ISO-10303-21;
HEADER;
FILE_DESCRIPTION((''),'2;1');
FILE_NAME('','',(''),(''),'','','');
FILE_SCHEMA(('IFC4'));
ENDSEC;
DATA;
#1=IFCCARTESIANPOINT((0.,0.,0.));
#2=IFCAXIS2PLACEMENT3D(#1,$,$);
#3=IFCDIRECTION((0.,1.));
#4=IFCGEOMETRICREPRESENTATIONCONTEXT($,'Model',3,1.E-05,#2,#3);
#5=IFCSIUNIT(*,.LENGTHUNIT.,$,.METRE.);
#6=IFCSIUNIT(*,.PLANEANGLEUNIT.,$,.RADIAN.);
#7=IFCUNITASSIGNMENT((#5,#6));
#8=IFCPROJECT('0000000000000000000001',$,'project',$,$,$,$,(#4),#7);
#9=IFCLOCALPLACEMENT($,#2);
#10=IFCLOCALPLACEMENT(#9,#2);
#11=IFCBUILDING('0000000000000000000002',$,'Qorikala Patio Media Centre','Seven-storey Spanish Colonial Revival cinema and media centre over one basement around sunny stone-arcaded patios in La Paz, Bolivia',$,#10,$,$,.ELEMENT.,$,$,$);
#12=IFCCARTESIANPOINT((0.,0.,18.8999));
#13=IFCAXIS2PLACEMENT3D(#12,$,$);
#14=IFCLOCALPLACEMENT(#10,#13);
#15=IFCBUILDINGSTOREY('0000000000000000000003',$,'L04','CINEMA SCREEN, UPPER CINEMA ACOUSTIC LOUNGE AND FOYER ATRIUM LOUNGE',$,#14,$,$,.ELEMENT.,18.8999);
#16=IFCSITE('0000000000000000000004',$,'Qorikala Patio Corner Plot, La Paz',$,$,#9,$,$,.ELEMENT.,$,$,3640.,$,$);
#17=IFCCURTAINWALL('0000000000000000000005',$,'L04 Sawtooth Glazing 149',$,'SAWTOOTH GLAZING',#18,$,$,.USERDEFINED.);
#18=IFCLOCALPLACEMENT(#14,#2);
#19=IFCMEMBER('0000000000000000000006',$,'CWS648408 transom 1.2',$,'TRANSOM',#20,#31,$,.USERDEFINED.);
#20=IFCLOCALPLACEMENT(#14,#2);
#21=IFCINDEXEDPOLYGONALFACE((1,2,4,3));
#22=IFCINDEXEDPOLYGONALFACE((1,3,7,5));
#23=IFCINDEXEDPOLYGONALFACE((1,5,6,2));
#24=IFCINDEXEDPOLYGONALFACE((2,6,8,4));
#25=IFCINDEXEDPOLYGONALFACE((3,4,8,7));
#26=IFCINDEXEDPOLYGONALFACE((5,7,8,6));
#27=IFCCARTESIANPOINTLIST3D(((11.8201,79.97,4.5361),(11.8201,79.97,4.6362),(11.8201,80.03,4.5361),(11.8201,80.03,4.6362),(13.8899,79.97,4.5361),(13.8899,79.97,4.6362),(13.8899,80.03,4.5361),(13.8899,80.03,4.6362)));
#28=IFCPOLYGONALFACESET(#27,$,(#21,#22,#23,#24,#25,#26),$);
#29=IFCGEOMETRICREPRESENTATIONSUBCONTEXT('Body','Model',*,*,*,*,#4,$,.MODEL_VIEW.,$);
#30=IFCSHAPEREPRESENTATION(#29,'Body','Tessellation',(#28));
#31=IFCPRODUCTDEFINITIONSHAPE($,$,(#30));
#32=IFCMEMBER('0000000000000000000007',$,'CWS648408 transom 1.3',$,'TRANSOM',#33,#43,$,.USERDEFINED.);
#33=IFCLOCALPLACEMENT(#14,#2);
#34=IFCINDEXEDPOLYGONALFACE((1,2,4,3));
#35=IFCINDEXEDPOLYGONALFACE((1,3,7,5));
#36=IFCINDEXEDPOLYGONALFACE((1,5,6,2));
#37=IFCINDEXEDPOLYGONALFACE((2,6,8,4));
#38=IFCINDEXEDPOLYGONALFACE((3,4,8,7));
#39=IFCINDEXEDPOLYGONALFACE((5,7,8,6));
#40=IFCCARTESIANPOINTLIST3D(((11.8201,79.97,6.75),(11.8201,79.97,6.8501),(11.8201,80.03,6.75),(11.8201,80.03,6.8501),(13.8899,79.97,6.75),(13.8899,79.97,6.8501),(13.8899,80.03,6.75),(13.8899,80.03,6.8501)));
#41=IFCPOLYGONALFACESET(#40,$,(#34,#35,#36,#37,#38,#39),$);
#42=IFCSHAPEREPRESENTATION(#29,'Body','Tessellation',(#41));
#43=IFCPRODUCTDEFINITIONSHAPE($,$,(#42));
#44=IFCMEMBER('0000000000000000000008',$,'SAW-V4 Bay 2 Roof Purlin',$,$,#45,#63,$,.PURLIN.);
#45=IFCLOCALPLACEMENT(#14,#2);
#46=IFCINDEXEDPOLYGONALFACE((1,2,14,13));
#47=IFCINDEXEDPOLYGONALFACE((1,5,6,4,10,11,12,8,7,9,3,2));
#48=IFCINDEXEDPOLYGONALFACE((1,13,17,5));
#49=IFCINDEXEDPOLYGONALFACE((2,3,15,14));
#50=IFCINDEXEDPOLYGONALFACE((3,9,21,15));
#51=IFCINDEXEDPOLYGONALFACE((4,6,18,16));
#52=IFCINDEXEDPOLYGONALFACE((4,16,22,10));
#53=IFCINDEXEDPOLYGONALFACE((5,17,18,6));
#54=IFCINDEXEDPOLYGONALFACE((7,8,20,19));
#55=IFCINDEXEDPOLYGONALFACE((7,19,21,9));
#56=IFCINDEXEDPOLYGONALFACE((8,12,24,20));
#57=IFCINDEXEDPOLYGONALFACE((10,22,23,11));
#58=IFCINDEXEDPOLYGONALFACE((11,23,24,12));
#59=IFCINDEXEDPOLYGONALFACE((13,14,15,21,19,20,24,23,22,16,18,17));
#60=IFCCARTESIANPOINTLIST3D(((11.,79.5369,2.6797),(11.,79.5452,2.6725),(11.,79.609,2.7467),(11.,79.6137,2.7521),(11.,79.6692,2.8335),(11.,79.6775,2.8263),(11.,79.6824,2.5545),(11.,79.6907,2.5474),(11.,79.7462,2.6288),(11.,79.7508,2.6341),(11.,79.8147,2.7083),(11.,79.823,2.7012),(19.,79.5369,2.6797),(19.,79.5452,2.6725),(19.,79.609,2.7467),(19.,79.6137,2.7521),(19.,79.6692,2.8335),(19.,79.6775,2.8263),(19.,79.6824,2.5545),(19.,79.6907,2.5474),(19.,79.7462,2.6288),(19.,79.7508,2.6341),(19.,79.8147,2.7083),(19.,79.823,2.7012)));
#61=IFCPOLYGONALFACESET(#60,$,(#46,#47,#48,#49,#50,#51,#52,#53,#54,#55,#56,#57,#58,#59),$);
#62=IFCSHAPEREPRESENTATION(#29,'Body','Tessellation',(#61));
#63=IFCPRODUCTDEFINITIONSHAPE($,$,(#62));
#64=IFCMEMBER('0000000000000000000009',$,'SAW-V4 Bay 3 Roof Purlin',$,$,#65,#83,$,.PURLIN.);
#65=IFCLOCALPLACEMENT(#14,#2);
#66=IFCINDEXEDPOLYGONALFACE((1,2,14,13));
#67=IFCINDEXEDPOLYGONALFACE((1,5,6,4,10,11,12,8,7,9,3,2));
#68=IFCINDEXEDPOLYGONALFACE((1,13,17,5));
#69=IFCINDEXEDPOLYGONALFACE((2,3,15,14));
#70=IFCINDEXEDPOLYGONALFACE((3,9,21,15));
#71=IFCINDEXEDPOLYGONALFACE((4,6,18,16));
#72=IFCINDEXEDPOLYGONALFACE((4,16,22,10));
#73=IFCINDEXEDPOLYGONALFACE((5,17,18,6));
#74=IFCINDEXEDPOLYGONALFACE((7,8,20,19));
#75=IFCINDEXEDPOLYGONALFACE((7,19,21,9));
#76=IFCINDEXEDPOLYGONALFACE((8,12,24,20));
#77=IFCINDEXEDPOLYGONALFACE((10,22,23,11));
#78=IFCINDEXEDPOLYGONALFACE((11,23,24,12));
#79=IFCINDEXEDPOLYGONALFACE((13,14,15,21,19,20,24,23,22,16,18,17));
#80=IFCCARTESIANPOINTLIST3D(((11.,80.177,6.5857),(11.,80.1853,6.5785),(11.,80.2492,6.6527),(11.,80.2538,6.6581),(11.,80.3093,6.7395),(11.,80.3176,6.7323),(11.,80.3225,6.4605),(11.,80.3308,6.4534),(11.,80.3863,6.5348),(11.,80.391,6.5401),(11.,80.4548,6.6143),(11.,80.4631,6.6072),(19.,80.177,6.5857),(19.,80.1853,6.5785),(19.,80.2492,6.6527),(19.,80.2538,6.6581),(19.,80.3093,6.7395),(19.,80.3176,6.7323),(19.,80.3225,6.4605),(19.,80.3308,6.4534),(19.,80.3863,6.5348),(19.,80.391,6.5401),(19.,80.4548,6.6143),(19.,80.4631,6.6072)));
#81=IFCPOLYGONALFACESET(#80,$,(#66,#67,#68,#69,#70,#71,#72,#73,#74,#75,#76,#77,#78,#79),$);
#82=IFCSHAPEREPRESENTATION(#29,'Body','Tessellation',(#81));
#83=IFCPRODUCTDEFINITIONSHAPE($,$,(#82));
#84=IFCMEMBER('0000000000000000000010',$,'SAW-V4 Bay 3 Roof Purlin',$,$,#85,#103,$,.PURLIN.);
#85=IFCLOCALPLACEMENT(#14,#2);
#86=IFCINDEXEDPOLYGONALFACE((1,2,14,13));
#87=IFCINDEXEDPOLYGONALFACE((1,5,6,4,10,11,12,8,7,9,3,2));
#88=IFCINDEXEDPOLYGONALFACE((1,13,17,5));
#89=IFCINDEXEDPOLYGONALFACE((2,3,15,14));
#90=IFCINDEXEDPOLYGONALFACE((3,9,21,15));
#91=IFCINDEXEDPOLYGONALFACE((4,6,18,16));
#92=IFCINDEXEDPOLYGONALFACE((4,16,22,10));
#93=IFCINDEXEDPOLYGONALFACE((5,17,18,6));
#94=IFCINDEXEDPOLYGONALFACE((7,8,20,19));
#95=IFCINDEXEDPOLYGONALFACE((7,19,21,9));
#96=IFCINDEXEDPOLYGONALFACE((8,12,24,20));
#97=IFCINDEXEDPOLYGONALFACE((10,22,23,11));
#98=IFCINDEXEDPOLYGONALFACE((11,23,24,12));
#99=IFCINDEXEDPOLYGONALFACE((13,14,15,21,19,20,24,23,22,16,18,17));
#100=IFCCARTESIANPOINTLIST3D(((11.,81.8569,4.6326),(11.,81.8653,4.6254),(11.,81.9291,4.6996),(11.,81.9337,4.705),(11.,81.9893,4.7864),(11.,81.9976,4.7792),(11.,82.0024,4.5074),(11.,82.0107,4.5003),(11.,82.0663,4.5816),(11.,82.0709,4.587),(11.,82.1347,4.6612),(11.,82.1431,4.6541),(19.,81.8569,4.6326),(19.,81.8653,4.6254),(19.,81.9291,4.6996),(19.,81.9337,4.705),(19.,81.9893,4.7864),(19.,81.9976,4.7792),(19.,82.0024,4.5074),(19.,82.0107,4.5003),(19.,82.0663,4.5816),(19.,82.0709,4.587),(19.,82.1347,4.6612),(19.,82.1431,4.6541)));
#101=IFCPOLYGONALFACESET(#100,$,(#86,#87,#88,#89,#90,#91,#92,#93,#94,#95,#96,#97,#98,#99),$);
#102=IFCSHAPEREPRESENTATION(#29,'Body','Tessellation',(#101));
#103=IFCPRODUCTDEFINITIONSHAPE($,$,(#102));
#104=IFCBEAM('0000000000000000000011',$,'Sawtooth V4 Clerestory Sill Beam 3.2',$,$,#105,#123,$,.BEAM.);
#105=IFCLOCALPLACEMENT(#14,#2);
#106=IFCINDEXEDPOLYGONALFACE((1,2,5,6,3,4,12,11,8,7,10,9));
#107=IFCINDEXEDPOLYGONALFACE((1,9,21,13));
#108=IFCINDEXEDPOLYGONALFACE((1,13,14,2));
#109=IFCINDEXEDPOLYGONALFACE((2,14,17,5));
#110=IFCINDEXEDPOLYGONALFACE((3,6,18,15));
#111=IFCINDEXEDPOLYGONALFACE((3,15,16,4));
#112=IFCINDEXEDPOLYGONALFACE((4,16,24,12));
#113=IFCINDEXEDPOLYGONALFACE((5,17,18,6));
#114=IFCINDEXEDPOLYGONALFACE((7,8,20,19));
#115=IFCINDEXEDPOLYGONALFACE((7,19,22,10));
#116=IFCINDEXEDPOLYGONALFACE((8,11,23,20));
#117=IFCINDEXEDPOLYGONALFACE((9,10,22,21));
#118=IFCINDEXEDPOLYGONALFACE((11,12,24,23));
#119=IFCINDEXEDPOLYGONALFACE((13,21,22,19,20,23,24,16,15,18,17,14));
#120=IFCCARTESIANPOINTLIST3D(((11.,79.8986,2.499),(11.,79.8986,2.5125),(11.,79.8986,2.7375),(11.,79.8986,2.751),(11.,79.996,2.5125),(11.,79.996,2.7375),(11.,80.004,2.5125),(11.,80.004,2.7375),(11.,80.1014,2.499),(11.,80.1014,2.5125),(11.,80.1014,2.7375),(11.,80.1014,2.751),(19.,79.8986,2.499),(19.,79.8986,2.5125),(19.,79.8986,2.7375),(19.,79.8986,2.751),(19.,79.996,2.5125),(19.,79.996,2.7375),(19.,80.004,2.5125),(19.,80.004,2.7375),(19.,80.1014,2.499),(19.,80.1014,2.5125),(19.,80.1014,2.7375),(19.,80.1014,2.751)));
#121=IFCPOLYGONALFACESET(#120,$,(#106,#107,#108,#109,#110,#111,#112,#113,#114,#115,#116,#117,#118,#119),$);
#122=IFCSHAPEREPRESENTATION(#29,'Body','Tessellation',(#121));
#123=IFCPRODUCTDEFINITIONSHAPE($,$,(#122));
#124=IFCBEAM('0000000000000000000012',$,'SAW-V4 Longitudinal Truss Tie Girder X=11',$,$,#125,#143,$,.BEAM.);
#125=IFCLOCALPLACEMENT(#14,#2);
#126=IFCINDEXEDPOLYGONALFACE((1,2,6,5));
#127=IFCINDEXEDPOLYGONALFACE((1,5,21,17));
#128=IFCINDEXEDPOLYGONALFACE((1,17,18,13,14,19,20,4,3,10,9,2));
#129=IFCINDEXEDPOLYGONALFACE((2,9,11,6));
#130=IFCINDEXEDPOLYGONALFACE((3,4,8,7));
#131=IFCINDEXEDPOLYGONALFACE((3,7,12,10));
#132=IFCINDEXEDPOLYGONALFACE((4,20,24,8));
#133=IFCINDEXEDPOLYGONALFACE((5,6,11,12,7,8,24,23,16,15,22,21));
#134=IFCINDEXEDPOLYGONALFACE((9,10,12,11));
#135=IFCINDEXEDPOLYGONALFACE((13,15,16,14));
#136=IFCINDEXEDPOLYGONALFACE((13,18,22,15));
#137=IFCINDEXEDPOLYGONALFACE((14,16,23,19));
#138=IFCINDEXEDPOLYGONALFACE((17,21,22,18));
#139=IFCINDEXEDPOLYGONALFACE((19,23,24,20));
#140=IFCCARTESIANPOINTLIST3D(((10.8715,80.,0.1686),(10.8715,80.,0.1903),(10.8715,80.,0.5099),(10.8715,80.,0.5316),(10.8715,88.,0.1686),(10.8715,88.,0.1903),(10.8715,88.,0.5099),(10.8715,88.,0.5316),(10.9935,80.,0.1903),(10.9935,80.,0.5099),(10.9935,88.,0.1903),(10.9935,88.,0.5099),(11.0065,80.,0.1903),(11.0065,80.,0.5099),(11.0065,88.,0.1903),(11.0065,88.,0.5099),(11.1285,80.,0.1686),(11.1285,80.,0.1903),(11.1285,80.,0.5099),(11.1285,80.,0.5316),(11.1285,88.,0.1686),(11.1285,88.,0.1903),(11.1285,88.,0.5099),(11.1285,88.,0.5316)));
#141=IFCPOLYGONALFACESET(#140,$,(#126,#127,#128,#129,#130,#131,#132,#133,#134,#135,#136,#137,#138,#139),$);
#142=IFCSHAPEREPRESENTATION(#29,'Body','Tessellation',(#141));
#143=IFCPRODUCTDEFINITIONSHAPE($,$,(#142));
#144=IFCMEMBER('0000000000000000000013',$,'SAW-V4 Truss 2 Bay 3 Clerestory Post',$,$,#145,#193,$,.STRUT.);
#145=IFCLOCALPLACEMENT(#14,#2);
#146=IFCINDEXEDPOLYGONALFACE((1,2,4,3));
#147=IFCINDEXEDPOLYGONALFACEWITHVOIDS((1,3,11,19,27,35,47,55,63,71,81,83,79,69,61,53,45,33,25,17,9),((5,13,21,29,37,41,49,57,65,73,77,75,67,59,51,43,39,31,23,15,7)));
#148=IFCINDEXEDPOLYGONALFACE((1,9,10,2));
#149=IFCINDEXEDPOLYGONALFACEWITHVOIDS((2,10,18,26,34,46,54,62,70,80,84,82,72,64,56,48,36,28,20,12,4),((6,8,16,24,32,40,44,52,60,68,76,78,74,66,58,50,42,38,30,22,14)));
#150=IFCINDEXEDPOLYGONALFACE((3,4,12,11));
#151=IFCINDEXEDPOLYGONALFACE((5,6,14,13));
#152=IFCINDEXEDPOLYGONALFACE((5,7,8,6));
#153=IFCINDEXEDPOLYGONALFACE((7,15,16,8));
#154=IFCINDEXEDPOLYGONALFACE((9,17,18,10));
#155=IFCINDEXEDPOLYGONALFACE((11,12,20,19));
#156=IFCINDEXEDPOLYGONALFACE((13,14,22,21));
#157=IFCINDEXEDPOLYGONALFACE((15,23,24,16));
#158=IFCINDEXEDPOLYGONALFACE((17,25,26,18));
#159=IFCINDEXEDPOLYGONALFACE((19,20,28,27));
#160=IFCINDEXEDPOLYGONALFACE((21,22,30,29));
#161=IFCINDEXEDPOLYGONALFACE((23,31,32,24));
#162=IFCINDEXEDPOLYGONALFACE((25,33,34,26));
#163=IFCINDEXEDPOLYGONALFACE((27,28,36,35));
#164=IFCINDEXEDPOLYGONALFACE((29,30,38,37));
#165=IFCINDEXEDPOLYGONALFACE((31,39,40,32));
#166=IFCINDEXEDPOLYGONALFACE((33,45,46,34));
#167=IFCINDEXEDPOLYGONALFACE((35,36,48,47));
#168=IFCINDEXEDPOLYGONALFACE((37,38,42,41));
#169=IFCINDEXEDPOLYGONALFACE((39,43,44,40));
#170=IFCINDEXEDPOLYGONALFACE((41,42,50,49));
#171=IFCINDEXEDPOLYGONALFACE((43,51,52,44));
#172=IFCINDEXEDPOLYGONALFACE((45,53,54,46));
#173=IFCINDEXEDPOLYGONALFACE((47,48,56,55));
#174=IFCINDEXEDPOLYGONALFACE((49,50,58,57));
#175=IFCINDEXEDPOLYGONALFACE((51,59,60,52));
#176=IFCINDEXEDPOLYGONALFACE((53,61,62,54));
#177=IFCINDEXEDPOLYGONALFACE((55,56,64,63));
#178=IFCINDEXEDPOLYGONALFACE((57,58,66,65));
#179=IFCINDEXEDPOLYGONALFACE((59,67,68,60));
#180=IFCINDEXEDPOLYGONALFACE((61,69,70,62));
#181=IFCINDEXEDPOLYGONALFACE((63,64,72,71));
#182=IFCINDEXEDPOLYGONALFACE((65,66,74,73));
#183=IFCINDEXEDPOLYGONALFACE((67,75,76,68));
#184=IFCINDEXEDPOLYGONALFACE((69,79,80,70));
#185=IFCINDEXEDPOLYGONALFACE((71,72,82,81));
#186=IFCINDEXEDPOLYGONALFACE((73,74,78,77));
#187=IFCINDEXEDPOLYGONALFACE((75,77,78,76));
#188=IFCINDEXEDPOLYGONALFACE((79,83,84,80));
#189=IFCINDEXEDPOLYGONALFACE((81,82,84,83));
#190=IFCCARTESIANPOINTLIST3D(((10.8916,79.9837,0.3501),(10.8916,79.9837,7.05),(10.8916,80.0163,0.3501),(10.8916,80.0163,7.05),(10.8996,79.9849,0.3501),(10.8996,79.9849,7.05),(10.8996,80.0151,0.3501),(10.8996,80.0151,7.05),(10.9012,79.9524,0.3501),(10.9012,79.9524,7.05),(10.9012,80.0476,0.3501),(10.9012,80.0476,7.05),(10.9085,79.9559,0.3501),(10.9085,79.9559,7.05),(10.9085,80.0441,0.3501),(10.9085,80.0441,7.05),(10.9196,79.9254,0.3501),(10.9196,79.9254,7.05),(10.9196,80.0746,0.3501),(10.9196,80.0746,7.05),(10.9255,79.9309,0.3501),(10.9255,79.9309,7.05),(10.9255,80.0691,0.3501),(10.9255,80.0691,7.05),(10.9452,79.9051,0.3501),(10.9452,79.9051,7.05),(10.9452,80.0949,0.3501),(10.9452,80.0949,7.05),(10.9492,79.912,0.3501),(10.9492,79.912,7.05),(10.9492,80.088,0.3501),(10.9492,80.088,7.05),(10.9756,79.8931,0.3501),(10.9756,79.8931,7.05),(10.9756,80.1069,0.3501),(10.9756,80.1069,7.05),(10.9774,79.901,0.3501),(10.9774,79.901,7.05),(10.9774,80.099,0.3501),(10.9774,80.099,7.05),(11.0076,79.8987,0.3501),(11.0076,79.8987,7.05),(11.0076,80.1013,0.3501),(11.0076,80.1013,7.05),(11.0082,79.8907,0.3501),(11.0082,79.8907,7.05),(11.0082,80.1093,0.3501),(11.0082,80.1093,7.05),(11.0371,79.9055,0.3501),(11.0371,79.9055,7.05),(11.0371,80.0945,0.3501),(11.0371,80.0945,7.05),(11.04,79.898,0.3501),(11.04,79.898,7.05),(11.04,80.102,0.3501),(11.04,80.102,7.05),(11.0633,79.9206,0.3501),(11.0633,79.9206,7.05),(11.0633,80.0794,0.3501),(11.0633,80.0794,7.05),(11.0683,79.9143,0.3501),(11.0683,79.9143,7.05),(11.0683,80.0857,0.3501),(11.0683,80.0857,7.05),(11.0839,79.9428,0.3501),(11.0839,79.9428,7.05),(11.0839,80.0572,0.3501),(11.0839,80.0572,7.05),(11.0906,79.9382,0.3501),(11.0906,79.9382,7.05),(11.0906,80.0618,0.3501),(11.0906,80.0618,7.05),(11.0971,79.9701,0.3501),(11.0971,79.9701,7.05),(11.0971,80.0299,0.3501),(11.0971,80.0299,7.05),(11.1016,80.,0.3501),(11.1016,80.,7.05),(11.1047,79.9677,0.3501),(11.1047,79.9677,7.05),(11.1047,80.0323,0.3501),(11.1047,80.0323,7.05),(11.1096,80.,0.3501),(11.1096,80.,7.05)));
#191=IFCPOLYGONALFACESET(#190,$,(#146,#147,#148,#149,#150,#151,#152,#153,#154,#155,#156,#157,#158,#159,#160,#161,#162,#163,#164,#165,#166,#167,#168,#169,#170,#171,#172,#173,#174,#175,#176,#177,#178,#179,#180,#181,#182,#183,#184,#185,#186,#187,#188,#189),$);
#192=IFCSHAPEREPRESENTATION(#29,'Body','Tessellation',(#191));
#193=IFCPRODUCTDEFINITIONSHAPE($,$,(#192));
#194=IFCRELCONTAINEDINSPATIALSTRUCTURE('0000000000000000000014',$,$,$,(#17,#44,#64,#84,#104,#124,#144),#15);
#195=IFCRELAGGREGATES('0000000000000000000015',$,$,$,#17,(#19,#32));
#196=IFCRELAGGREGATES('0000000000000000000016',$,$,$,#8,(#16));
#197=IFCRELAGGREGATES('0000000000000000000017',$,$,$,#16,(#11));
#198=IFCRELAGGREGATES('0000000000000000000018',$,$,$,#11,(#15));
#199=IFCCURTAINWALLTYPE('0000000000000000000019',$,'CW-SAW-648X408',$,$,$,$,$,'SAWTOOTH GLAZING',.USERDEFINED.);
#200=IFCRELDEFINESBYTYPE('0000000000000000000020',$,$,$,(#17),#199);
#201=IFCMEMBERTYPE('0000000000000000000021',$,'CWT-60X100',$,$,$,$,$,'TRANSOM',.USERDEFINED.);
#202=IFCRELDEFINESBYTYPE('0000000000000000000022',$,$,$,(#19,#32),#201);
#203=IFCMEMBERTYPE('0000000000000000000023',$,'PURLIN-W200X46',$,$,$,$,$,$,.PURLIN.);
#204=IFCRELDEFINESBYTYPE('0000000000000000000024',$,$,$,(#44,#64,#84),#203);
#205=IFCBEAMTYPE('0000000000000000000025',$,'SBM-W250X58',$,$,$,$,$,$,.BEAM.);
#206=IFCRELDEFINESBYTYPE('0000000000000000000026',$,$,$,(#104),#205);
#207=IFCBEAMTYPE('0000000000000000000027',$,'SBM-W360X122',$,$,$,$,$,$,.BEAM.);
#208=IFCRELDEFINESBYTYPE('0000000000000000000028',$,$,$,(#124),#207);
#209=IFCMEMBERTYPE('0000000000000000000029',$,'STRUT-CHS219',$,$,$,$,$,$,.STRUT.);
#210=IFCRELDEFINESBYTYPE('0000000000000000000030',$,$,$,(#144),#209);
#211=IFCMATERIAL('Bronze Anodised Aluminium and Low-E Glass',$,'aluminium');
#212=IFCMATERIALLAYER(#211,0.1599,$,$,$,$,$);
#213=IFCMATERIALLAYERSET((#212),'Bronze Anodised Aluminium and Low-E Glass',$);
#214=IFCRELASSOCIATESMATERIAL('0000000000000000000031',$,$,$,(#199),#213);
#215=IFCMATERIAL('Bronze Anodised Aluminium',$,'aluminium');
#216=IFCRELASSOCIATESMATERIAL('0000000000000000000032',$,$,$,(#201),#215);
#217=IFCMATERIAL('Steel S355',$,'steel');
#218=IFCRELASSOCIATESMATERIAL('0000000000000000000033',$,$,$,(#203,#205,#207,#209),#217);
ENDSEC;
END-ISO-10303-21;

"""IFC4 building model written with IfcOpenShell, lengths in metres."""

from ifc_helpers import new_model, si_unit, direction, frame, origin, origin_2d, place, context, subcontext, project, spatial, rectangle, hollow_circle, i_section, extrude, material, layer, layer_set, material_profile, profile_set, type_object, element, aggregate, save


model = new_model("IFC4")

# Units and contexts
model_context = context("Model", 3, precision=1e-05, world=origin(), true_north=direction((0.0, 1.0)))
body_context = subcontext(model_context, "Body", "Model", "MODEL_VIEW")
ifc_project = project(units=[si_unit("LENGTHUNIT", "METRE"), si_unit("PLANEANGLEUNIT", "RADIAN")], contexts=[model_context])

# Site, building, storey
site_placement = place(None, origin())
site = spatial("IfcSite", under=ifc_project, at=site_placement, Name="Qorikala Patio Corner Plot, La Paz", CompositionType="ELEMENT", RefElevation=3640.0)
building_placement = place(site_placement, origin())
building = spatial("IfcBuilding", under=site, at=building_placement, Name="Qorikala Patio Media Centre", Description="Seven-storey Spanish Colonial Revival cinema and media centre over one basement around sunny stone-arcaded patios in La Paz, Bolivia", CompositionType="ELEMENT")
storey_placement = place(building_placement, frame((0.0, 0.0, 18.8999)))
storey = spatial("IfcBuildingStorey", under=building, at=storey_placement, Name="L04", Description="CINEMA SCREEN, UPPER CINEMA ACOUSTIC LOUNGE AND FOYER ATRIUM LOUNGE", CompositionType="ELEMENT", Elevation=18.8999)

# Shared definitions
ifc_material_1 = material(Name="Steel S355", Category="steel")

# Curtain wall
ifc_material_2 = material(Name="Bronze Anodised Aluminium and Low-E Glass", Category="aluminium")
ifc_material_3 = material(Name="Bronze Anodised Aluminium", Category="aluminium")
ifc_layer_1 = layer(ifc_material_2, 0.1599)
ifc_layer_set_1 = layer_set([ifc_layer_1], Name="Bronze Anodised Aluminium and Low-E Glass")
curtain_wall_type_1 = type_object("IfcCurtainWallType", Name="CW-SAW-648X408", ElementType="SAWTOOTH GLAZING", PredefinedType="USERDEFINED", material=ifc_layer_set_1)
curtain_wall_1_placement = place(storey_placement, origin())
curtain_wall_1 = element("IfcCurtainWall", 1, at=curtain_wall_1_placement, inside=storey, type_object=curtain_wall_type_1, Name="L04 Sawtooth Glazing 149", ObjectType="SAWTOOTH GLAZING", PredefinedType="USERDEFINED")

# Members
ifc_material_profile_1 = material_profile(ifc_material_3, rectangle(XDim=0.0601, YDim=0.1001, at=origin_2d()), Name="ALU TRANSOM 60x100")
ifc_profile_set_1 = profile_set([ifc_material_profile_1], Name="Bronze Anodised Aluminium")
member_type_1 = type_object("IfcMemberType", Name="CWT-60X100", ElementType="TRANSOM", PredefinedType="USERDEFINED", material=ifc_profile_set_1)
member_1_placement = place(storey_placement, frame((11.8201, 80.0, 4.5862), z_axis=(1.0, 0.0, 0.0), x_axis=(0.0, 1.0, 0.0)))
member_1 = element("IfcMember", 2, at=member_1_placement, type_object=member_type_1, Name="CWS648408 transom 1.2", ObjectType="TRANSOM", PredefinedType="USERDEFINED", context=body_context, shape_type="SweptSolid", body=[
    extrude(rectangle(XDim=0.0601, YDim=0.1001, at=origin_2d()), origin(), (0.0, 0.0, 1.0), 2.0698),
])
member_2_placement = place(storey_placement, frame((11.8201, 80.0, 6.8), z_axis=(1.0, 0.0, 0.0), x_axis=(0.0, 1.0, 0.0)))
member_2 = element("IfcMember", 3, at=member_2_placement, type_object=member_type_1, Name="CWS648408 transom 1.3", ObjectType="TRANSOM", PredefinedType="USERDEFINED", context=body_context, shape_type="SweptSolid", body=[
    extrude(rectangle(XDim=0.0601, YDim=0.1001, at=origin_2d()), origin(), (0.0, 0.0, 1.0), 2.0698),
])

# Members
ifc_material_profile_2 = material_profile(ifc_material_1, i_section(OverallWidth=0.2029, OverallDepth=0.2029, WebThickness=0.0071, FlangeThickness=0.011, at=origin_2d()), Name="W200X46")
ifc_profile_set_2 = profile_set([ifc_material_profile_2], Name="Steel S355")
member_type_2 = type_object("IfcMemberType", Name="PURLIN-W200X46", PredefinedType="PURLIN", material=ifc_profile_set_2)
for number, where, z_axis, x_axis, name in (
    (4, (11.0, 79.6799, 2.6904), (1.0, 0.0, 0.0), (0.0, 0.652138, 0.7581), "SAW-V4 Bay 2 Roof Purlin"),
    (5, (11.0, 80.3201, 6.5964), (1.0, 0.0, 0.0), (0.0, 0.652138, 0.7581), "SAW-V4 Bay 3 Roof Purlin"),
    (6, (11.0, 82.0, 4.6433), (1.0, 0.0, 0.0), (0.0, 0.652138, 0.7581), "SAW-V4 Bay 3 Roof Purlin"),
):
    element("IfcMember", number, at=place(storey_placement, frame(where, z_axis=z_axis, x_axis=x_axis)), inside=storey, type_object=member_type_2, Name=name, PredefinedType="PURLIN", context=body_context, shape_type="SweptSolid", body=[
        extrude(i_section(OverallWidth=0.2029, OverallDepth=0.2029, WebThickness=0.0071, FlangeThickness=0.011, at=origin_2d()), origin(), (0.0, 0.0, 1.0), 8.0),
    ])

# Beams
ifc_material_profile_3 = material_profile(ifc_material_1, i_section(OverallWidth=0.2029, OverallDepth=0.252, WebThickness=0.0081, FlangeThickness=0.0134, at=origin_2d()), Name="W250X58")
ifc_profile_set_3 = profile_set([ifc_material_profile_3], Name="Steel S355")
beam_type_1 = type_object("IfcBeamType", Name="SBM-W250X58", PredefinedType="BEAM", material=ifc_profile_set_3)
beam_1_placement = place(storey_placement, frame((11.0, 80.0, 2.625), z_axis=(1.0, 0.0, 0.0), x_axis=(0.0, 1.0, 0.0)))
element("IfcBeam", 7, at=beam_1_placement, inside=storey, type_object=beam_type_1, Name="Sawtooth V4 Clerestory Sill Beam 3.2", PredefinedType="BEAM", context=body_context, shape_type="SweptSolid", body=[
    extrude(i_section(OverallWidth=0.2029, OverallDepth=0.252, WebThickness=0.0081, FlangeThickness=0.0134, at=origin_2d()), origin(), (0.0, 0.0, 1.0), 8.0),
])
ifc_material_profile_4 = material_profile(ifc_material_1, i_section(OverallWidth=0.2571, OverallDepth=0.363, WebThickness=0.0129, FlangeThickness=0.0217, at=origin_2d()), Name="W360X122")
ifc_profile_set_4 = profile_set([ifc_material_profile_4], Name="Steel S355")
beam_type_2 = type_object("IfcBeamType", Name="SBM-W360X122", PredefinedType="BEAM", material=ifc_profile_set_4)
beam_2_placement = place(storey_placement, frame((11.0, 80.0, 0.3501), z_axis=(0.0, 1.0, 0.0), x_axis=(-1.0, 0.0, 0.0)))
element("IfcBeam", 8, at=beam_2_placement, inside=storey, type_object=beam_type_2, Name="SAW-V4 Longitudinal Truss Tie Girder X=11", PredefinedType="BEAM", context=body_context, shape_type="SweptSolid", body=[
    extrude(i_section(OverallWidth=0.2571, OverallDepth=0.363, WebThickness=0.0129, FlangeThickness=0.0217, at=origin_2d()), origin(), (0.0, 0.0, 1.0), 8.0),
])

# Member
ifc_material_profile_5 = material_profile(ifc_material_1, hollow_circle(Radius=0.1096, WallThickness=0.0081, at=origin_2d()), Name="CHS219X8")
ifc_profile_set_5 = profile_set([ifc_material_profile_5], Name="Steel S355")
member_type_3 = type_object("IfcMemberType", Name="STRUT-CHS219", PredefinedType="STRUT", material=ifc_profile_set_5)
member_3_placement = place(storey_placement, frame((11.0, 80.0, 0.3501), z_axis=(0.0, 0.0, 1.0), x_axis=(1.0, 0.0, 0.0)))
element("IfcMember", 9, at=member_3_placement, inside=storey, type_object=member_type_3, Name="SAW-V4 Truss 2 Bay 3 Clerestory Post", PredefinedType="STRUT", context=body_context, shape_type="SweptSolid", body=[
    extrude(hollow_circle(Radius=0.1096, WallThickness=0.0081, at=origin_2d()), origin(), (0.0, 0.0, 1.0), 6.7),
])

aggregate(curtain_wall_1, [member_1, member_2])

save(model, "model.ifc")
